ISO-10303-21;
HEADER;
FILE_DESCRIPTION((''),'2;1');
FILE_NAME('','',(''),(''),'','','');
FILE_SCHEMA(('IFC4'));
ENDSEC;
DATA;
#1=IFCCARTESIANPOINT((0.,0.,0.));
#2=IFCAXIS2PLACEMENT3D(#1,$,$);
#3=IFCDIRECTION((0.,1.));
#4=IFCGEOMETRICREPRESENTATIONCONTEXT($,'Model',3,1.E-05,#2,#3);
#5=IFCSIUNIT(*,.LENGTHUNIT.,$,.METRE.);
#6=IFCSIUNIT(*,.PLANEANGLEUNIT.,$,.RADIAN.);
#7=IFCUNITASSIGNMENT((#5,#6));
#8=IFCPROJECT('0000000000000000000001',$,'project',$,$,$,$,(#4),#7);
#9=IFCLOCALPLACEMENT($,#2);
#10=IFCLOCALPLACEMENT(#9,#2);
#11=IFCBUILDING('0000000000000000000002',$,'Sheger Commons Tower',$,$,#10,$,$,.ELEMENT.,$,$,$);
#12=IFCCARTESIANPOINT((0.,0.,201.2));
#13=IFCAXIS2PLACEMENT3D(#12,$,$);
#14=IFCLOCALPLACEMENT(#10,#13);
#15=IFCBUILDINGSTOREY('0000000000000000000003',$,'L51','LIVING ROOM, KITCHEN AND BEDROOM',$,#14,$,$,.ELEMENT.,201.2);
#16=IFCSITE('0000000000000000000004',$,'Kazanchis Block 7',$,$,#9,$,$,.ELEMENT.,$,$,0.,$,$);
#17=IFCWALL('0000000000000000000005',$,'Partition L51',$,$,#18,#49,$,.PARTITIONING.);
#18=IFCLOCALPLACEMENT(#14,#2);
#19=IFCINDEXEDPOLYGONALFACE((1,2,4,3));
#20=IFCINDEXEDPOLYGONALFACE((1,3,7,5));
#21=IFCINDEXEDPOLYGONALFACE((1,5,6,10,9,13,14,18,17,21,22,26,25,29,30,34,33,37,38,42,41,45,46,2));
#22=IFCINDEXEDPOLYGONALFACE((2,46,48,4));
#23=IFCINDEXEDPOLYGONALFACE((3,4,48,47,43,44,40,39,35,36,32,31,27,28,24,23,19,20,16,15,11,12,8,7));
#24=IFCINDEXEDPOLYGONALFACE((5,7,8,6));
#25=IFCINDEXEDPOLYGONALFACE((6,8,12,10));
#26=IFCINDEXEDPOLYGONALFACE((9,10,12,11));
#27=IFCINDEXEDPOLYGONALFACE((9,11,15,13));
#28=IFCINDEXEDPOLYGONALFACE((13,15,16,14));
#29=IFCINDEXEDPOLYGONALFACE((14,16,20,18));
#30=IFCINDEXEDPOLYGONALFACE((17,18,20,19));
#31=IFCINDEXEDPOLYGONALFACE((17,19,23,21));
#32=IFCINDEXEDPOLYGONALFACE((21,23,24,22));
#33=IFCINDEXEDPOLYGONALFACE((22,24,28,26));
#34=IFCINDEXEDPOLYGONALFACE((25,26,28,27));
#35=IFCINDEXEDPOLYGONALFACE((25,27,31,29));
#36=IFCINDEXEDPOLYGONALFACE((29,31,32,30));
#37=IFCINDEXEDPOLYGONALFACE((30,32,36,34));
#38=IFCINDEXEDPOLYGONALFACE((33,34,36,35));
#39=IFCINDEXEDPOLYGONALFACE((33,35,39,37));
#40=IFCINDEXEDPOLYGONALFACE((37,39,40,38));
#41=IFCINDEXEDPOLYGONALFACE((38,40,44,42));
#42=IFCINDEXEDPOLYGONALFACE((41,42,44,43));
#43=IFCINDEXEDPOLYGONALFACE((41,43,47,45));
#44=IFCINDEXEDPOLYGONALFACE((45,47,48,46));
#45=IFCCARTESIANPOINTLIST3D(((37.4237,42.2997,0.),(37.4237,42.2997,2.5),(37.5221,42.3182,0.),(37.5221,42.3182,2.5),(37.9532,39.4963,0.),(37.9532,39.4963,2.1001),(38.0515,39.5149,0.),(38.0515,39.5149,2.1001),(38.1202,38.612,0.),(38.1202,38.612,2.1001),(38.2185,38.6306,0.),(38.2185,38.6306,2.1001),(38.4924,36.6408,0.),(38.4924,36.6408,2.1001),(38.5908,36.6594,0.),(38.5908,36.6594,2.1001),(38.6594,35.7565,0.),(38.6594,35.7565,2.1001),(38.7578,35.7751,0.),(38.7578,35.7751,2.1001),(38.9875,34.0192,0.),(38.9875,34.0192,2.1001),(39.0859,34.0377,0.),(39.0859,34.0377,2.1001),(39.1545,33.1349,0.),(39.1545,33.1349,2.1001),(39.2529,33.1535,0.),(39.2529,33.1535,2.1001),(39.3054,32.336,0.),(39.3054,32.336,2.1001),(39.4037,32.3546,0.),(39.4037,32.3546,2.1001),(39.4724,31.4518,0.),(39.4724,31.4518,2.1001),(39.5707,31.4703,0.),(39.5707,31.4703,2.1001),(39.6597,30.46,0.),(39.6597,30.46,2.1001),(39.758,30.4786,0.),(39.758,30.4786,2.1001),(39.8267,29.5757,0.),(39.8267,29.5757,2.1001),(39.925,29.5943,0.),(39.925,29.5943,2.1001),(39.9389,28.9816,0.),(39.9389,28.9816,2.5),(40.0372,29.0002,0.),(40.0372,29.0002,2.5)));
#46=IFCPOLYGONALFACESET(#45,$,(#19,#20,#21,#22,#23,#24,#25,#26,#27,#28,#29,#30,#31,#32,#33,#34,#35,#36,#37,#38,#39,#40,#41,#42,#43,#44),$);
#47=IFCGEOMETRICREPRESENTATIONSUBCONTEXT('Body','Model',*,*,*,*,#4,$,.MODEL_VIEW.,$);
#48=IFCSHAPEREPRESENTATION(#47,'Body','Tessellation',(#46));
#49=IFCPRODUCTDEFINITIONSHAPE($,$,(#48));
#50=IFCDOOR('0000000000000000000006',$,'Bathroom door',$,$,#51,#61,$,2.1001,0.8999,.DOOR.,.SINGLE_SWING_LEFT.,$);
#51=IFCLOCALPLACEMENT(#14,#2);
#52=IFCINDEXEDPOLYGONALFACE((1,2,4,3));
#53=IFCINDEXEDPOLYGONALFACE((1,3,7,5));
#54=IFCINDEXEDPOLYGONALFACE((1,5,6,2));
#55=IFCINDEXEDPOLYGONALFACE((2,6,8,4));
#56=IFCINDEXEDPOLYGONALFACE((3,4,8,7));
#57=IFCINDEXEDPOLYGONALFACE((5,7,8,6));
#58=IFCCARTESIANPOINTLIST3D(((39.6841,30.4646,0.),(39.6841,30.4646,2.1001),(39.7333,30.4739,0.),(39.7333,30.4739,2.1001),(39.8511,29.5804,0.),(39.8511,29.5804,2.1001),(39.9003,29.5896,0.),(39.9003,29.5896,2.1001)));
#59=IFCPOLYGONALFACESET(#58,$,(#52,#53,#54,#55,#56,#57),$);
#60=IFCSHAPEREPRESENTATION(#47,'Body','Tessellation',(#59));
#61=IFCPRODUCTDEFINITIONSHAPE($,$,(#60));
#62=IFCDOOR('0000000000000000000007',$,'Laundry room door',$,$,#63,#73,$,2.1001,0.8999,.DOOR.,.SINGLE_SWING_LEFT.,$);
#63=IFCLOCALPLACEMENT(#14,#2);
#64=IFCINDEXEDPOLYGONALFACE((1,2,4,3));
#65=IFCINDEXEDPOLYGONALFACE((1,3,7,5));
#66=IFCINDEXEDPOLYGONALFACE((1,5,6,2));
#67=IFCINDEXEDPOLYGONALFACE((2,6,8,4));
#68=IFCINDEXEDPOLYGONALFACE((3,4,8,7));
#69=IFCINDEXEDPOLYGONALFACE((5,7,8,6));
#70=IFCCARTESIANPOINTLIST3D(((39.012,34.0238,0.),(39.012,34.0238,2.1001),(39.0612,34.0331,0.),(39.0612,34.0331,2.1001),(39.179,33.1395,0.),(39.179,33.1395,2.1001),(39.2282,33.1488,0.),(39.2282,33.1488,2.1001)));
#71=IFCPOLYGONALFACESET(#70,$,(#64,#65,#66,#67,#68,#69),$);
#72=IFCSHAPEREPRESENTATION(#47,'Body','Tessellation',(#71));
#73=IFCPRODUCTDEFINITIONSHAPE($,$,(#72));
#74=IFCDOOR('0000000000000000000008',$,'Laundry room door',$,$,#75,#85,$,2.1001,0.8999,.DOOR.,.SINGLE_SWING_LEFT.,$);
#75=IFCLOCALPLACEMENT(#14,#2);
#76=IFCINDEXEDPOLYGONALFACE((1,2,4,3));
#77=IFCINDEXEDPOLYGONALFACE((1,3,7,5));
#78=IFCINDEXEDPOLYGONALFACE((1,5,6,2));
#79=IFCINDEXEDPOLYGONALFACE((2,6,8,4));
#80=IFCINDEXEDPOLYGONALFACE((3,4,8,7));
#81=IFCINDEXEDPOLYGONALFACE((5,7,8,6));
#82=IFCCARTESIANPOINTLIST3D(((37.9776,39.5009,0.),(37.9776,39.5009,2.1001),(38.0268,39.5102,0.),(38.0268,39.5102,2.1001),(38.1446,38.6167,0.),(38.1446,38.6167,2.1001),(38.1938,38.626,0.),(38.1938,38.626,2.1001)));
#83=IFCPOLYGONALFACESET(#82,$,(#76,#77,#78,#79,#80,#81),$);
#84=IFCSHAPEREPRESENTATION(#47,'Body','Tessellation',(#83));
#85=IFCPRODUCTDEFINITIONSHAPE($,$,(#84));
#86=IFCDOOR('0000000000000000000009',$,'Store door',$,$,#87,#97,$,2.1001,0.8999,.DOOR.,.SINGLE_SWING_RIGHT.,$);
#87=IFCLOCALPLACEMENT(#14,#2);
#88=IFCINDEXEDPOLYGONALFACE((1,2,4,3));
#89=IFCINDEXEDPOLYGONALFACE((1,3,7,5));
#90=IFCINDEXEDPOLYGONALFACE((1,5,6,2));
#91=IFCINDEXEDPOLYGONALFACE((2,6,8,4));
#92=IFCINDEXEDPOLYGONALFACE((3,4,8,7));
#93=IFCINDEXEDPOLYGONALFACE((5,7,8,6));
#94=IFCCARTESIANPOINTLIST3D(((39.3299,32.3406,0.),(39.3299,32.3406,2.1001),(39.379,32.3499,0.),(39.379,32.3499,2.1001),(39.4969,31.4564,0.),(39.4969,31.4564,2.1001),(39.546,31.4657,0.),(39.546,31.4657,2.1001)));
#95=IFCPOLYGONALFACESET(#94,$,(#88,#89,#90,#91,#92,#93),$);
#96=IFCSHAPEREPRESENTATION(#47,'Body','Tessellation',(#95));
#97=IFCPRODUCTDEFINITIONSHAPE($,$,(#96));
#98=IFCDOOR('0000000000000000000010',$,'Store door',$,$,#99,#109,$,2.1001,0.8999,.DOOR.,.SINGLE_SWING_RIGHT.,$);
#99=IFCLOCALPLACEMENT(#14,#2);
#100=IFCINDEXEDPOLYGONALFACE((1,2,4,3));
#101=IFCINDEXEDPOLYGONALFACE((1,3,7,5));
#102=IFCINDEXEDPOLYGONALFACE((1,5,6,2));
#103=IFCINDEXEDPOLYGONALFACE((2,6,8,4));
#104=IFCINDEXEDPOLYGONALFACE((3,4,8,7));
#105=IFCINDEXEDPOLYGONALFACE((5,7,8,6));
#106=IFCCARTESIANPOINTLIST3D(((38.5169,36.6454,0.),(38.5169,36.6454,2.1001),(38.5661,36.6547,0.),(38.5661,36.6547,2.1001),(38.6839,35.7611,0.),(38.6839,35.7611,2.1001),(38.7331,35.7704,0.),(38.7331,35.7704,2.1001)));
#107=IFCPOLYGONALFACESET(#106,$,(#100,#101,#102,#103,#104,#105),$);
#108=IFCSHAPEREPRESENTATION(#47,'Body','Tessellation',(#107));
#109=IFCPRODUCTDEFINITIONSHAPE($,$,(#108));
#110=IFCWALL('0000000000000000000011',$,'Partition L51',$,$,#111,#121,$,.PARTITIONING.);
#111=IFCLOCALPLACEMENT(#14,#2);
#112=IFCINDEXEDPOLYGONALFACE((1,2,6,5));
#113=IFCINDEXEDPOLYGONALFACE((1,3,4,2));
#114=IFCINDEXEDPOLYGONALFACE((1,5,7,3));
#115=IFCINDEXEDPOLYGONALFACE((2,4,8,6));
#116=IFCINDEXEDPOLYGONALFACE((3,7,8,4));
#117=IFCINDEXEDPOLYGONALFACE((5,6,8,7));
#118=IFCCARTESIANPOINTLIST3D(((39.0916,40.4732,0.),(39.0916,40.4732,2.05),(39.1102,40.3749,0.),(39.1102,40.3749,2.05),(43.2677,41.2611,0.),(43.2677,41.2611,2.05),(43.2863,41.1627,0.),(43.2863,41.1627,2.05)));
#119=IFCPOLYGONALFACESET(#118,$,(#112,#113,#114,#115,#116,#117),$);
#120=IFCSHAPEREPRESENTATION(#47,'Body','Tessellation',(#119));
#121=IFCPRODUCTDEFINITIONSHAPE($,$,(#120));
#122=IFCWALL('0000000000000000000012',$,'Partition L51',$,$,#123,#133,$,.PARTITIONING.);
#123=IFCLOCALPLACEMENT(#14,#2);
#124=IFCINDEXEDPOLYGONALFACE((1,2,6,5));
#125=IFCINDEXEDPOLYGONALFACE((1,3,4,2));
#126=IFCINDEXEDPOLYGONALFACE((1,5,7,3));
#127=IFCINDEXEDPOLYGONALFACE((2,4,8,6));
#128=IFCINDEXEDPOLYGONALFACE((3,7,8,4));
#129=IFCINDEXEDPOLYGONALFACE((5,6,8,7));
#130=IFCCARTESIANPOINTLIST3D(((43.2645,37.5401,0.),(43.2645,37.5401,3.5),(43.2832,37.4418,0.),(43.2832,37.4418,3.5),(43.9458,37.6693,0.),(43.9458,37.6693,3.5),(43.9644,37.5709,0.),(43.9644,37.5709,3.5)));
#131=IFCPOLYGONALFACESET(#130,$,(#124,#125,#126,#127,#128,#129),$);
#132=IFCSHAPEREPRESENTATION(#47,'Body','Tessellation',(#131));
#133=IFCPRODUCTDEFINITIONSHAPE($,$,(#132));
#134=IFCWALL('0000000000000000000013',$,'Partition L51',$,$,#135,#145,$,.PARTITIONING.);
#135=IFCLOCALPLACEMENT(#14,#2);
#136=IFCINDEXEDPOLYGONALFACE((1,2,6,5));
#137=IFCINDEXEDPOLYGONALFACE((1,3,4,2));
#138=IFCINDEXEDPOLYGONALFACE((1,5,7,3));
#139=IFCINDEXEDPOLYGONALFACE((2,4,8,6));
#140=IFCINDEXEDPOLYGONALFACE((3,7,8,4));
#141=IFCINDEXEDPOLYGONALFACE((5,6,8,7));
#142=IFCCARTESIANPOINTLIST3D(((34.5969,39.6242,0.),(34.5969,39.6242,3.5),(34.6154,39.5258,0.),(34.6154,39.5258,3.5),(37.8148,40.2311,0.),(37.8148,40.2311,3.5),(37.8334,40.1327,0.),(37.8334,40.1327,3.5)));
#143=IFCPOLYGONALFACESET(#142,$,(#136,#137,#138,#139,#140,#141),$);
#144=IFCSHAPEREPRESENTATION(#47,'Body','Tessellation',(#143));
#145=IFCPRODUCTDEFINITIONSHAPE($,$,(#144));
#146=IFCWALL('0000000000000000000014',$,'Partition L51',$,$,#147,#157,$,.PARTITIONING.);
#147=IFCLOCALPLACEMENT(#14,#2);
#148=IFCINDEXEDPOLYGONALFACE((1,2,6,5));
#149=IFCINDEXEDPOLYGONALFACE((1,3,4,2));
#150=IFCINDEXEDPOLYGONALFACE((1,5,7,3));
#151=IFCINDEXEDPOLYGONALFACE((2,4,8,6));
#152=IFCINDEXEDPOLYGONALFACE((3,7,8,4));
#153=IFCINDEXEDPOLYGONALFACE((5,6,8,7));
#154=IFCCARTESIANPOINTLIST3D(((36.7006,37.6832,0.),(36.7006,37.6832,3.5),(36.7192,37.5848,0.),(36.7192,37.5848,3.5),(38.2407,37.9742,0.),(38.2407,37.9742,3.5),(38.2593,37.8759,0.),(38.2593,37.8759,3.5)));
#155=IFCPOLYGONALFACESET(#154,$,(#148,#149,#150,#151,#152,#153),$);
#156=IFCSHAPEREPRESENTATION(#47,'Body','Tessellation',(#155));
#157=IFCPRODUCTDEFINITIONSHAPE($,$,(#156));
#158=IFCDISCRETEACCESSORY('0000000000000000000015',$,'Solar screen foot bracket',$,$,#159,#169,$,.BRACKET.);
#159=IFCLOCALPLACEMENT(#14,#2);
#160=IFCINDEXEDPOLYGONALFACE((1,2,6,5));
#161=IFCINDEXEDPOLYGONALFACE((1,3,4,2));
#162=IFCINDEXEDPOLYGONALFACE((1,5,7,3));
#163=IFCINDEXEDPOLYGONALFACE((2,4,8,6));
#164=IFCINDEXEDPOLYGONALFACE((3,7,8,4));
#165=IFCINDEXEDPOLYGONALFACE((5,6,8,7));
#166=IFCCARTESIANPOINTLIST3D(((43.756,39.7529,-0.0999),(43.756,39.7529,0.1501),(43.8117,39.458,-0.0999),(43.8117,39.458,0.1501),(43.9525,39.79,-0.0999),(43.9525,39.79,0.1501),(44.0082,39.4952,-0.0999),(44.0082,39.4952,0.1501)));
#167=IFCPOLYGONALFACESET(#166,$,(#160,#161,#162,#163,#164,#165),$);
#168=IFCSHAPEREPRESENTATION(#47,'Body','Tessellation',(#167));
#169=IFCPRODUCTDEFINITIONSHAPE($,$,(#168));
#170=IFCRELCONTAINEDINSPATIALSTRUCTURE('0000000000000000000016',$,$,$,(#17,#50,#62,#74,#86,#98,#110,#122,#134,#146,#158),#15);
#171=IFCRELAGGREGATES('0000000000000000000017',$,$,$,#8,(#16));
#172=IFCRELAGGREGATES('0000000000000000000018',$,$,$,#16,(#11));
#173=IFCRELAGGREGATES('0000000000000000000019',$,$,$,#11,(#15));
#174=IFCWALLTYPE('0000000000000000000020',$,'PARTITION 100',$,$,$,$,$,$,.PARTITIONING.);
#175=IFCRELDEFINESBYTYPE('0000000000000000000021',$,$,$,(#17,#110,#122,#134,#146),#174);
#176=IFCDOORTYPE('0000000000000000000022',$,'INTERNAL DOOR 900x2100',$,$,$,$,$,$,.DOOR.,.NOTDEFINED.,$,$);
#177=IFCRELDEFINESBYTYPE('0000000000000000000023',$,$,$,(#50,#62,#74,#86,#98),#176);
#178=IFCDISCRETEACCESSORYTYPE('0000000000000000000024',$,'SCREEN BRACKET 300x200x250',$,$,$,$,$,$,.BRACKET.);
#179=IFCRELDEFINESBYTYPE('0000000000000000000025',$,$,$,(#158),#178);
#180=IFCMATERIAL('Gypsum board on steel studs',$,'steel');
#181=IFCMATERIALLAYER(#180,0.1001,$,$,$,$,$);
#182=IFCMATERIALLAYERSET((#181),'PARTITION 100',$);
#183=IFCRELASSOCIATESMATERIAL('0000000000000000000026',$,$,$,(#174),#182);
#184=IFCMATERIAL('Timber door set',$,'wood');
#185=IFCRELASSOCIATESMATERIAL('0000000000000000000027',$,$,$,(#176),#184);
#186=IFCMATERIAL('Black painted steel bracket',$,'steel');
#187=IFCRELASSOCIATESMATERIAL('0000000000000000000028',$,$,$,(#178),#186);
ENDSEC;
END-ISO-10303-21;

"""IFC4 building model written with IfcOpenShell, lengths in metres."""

from ifc_helpers import new_model, si_unit, direction, frame, frame_2d, origin, origin_2d, place, context, subcontext, project, spatial, rectangle, extrude, material, layer, layer_set, type_object, element, fill, save


model = new_model("IFC4")

# Units and contexts
model_context = context("Model", 3, precision=1e-05, world=origin(), true_north=direction((0.0, 1.0)))
body_context = subcontext(model_context, "Body", "Model", "MODEL_VIEW")
ifc_project = project(units=[si_unit("LENGTHUNIT", "METRE"), si_unit("PLANEANGLEUNIT", "RADIAN")], contexts=[model_context])

# Site, building, storey
site_placement = place(None, origin())
site = spatial("IfcSite", under=ifc_project, at=site_placement, Name="Kazanchis Block 7", CompositionType="ELEMENT", RefElevation=0.0)
building_placement = place(site_placement, origin())
building = spatial("IfcBuilding", under=site, at=building_placement, Name="Sheger Commons Tower", CompositionType="ELEMENT")
storey_placement = place(building_placement, frame((0.0, 0.0, 201.2)))
storey = spatial("IfcBuildingStorey", under=building, at=storey_placement, Name="L51", Description="LIVING ROOM, KITCHEN AND BEDROOM", CompositionType="ELEMENT", Elevation=201.2)

# Shared definitions
ifc_material_1 = material(Name="Gypsum board on steel studs", Category="steel")
ifc_layer_1 = layer(ifc_material_1, 0.1001)
ifc_layer_set_1 = layer_set([ifc_layer_1], Name="PARTITION 100")
wall_type_1 = type_object("IfcWallType", Name="PARTITION 100", PredefinedType="PARTITIONING", material=ifc_layer_set_1)

# Wall, openings, doors
ifc_material_2 = material(Name="Timber door set", Category="wood")
door_type = type_object("IfcDoorType", Name="INTERNAL DOOR 900x2100", OperationType="NOTDEFINED", PredefinedType="DOOR", material=ifc_material_2)
wall_1_placement = place(storey_placement, frame((37.4729, 42.3091, 0.0), z_axis=(0.0, 0.0, 1.0), x_axis=(0.185571, -0.982631, 0.0)))
wall_1 = element("IfcWall", 1, at=wall_1_placement, inside=storey, type_object=wall_type_1, Name="Partition L51", PredefinedType="PARTITIONING", context=body_context, shape_type="SweptSolid", body=[
    extrude(rectangle(XDim=13.5535, YDim=0.1001, at=frame_2d((6.7769, 0.0))), origin(), (0.0, 0.0, 1.0), 2.5),
])
opening_1_placement = place(wall_1_placement, frame((12.0491, 0.0, 0.0)))
opening_1 = element("IfcOpeningElement", 2, at=opening_1_placement, cuts=wall_1, PredefinedType="OPENING", context=body_context, shape_type="SweptSolid", body=[
    extrude(rectangle(XDim=0.8999, YDim=2.1001, at=frame_2d((0.45, 1.05))), frame((0.0, 0.0601, 0.0), z_axis=(0.0, -1.0, 0.0), x_axis=(1.0, 0.0, 0.0)), (0.0, 0.0, 1.0), 0.1201),
])
opening_2_placement = place(wall_1_placement, frame((8.427, 0.0, 0.0)))
opening_2 = element("IfcOpeningElement", 3, at=opening_2_placement, cuts=wall_1, PredefinedType="OPENING", context=body_context, shape_type="SweptSolid", body=[
    extrude(rectangle(XDim=0.8999, YDim=2.1001, at=frame_2d((0.45, 1.05))), frame((0.0, 0.0601, 0.0), z_axis=(0.0, -1.0, 0.0), x_axis=(1.0, 0.0, 0.0)), (0.0, 0.0, 1.0), 0.1201),
])
opening_3_placement = place(wall_1_placement, frame((2.853, 0.0, 0.0)))
opening_3 = element("IfcOpeningElement", 4, at=opening_3_placement, cuts=wall_1, PredefinedType="OPENING", context=body_context, shape_type="SweptSolid", body=[
    extrude(rectangle(XDim=0.8999, YDim=2.1001, at=frame_2d((0.45, 1.05))), frame((0.0, 0.0601, 0.0), z_axis=(0.0, -1.0, 0.0), x_axis=(1.0, 0.0, 0.0)), (0.0, 0.0, 1.0), 0.1201),
])
opening_4_placement = place(wall_1_placement, frame((10.1399, 0.0, 0.0)))
opening_4 = element("IfcOpeningElement", 5, at=opening_4_placement, cuts=wall_1, PredefinedType="OPENING", context=body_context, shape_type="SweptSolid", body=[
    extrude(rectangle(XDim=0.8999, YDim=2.1001, at=frame_2d((0.45, 1.05))), frame((0.0, 0.0601, 0.0), z_axis=(0.0, -1.0, 0.0), x_axis=(1.0, 0.0, 0.0)), (0.0, 0.0, 1.0), 0.1201),
])
opening_5_placement = place(wall_1_placement, frame((5.759, 0.0, 0.0)))
opening_5 = element("IfcOpeningElement", 6, at=opening_5_placement, cuts=wall_1, PredefinedType="OPENING", context=body_context, shape_type="SweptSolid", body=[
    extrude(rectangle(XDim=0.8999, YDim=2.1001, at=frame_2d((0.45, 1.05))), frame((0.0, 0.0601, 0.0), z_axis=(0.0, -1.0, 0.0), x_axis=(1.0, 0.0, 0.0)), (0.0, 0.0, 1.0), 0.1201),
])
door_1_placement = place(opening_1_placement, origin())
door_1 = element("IfcDoor", 7, at=door_1_placement, inside=storey, type_object=door_type, Name="Bathroom door", OperationType="SINGLE_SWING_LEFT", OverallHeight=2.1001, OverallWidth=0.8999, PredefinedType="DOOR", context=body_context, shape_type="SweptSolid", body=[
    extrude(rectangle(XDim=0.8999, YDim=2.1001, at=frame_2d((0.45, 1.05))), frame((0.0, 0.0249, 0.0), z_axis=(0.0, -1.0, 0.0), x_axis=(1.0, 0.0, 0.0)), (0.0, 0.0, 1.0), 0.05),
])
fill(opening_1, door_1)
door_2_placement = place(opening_2_placement, origin())
door_2 = element("IfcDoor", 8, at=door_2_placement, inside=storey, type_object=door_type, Name="Laundry room door", OperationType="SINGLE_SWING_LEFT", OverallHeight=2.1001, OverallWidth=0.8999, PredefinedType="DOOR", context=body_context, shape_type="SweptSolid", body=[
    extrude(rectangle(XDim=0.8999, YDim=2.1001, at=frame_2d((0.45, 1.05))), frame((0.0, 0.0249, 0.0), z_axis=(0.0, -1.0, 0.0), x_axis=(1.0, 0.0, 0.0)), (0.0, 0.0, 1.0), 0.05),
])
fill(opening_2, door_2)
door_3_placement = place(opening_3_placement, origin())
door_3 = element("IfcDoor", 9, at=door_3_placement, inside=storey, type_object=door_type, Name="Laundry room door", OperationType="SINGLE_SWING_LEFT", OverallHeight=2.1001, OverallWidth=0.8999, PredefinedType="DOOR", context=body_context, shape_type="SweptSolid", body=[
    extrude(rectangle(XDim=0.8999, YDim=2.1001, at=frame_2d((0.45, 1.05))), frame((0.0, 0.0249, 0.0), z_axis=(0.0, -1.0, 0.0), x_axis=(1.0, 0.0, 0.0)), (0.0, 0.0, 1.0), 0.05),
])
fill(opening_3, door_3)
door_4_placement = place(opening_4_placement, origin())
door_4 = element("IfcDoor", 10, at=door_4_placement, inside=storey, type_object=door_type, Name="Store door", OperationType="SINGLE_SWING_RIGHT", OverallHeight=2.1001, OverallWidth=0.8999, PredefinedType="DOOR", context=body_context, shape_type="SweptSolid", body=[
    extrude(rectangle(XDim=0.8999, YDim=2.1001, at=frame_2d((0.45, 1.05))), frame((0.0, 0.0249, 0.0), z_axis=(0.0, -1.0, 0.0), x_axis=(1.0, 0.0, 0.0)), (0.0, 0.0, 1.0), 0.05),
])
fill(opening_4, door_4)
door_5_placement = place(opening_5_placement, origin())
door_5 = element("IfcDoor", 11, at=door_5_placement, inside=storey, type_object=door_type, Name="Store door", OperationType="SINGLE_SWING_RIGHT", OverallHeight=2.1001, OverallWidth=0.8999, PredefinedType="DOOR", context=body_context, shape_type="SweptSolid", body=[
    extrude(rectangle(XDim=0.8999, YDim=2.1001, at=frame_2d((0.45, 1.05))), frame((0.0, 0.0249, 0.0), z_axis=(0.0, -1.0, 0.0), x_axis=(1.0, 0.0, 0.0)), (0.0, 0.0, 1.0), 0.05),
])
fill(opening_5, door_5)

# Walls
wall_2_placement = place(storey_placement, frame((43.2771, 41.2119, 0.0), z_axis=(0.0, 0.0, 1.0), x_axis=(-0.982665, -0.185388, 0.0)))
element("IfcWall", 12, at=wall_2_placement, inside=storey, type_object=wall_type_1, Name="Partition L51", PredefinedType="PARTITIONING", context=body_context, shape_type="SweptSolid", body=[
    extrude(rectangle(XDim=4.2498, YDim=0.1001, at=frame_2d((2.125, 0.0))), origin(), (0.0, 0.0, 1.0), 2.05),
])
wall_3_placement = place(storey_placement, frame((43.9551, 37.6201, 0.0), z_axis=(0.0, 0.0, 1.0), x_axis=(-0.982495, -0.186287, 0.0)))
element("IfcWall", 13, at=wall_3_placement, inside=storey, type_object=wall_type_1, Name="Partition L51", PredefinedType="PARTITIONING", context=body_context, shape_type="SweptSolid", body=[
    extrude(rectangle(XDim=0.6934, YDim=0.1001, at=frame_2d((0.3467, 0.0))), origin(), (0.0, 0.0, 1.0), 3.5),
])
wall_4_placement = place(storey_placement, frame((37.824, 40.1819, 0.0), z_axis=(0.0, 0.0, 1.0), x_axis=(-0.982675, -0.185337, 0.0)))
element("IfcWall", 14, at=wall_4_placement, inside=storey, type_object=wall_type_1, Name="Partition L51", PredefinedType="PARTITIONING", context=body_context, shape_type="SweptSolid", body=[
    extrude(rectangle(XDim=3.2747, YDim=0.1001, at=frame_2d((1.6372, 0.0))), origin(), (0.0, 0.0, 1.0), 3.5),
])
wall_5_placement = place(storey_placement, frame((38.25, 37.925, 0.0), z_axis=(0.0, 0.0, 1.0), x_axis=(-0.98261, -0.18568, 0.0)))
element("IfcWall", 15, at=wall_5_placement, inside=storey, type_object=wall_type_1, Name="Partition L51", PredefinedType="PARTITIONING", context=body_context, shape_type="SweptSolid", body=[
    extrude(rectangle(XDim=1.5674, YDim=0.1001, at=frame_2d((0.7837, 0.0))), origin(), (0.0, 0.0, 1.0), 3.5),
])

# Discrete accessory
ifc_material_3 = material(Name="Black painted steel bracket", Category="steel")
discrete_accessory_type = type_object("IfcDiscreteAccessoryType", Name="SCREEN BRACKET 300x200x250", PredefinedType="BRACKET", material=ifc_material_3)
for number, where, z_axis, x_axis, name in (
    (16, (43.8821, 39.624, -0.0999), (0.0, 0.0, 1.0), (-0.185615, 0.982623, 0.0), "Solar screen foot bracket"),
):
    element("IfcDiscreteAccessory", number, at=place(storey_placement, frame(where, z_axis=z_axis, x_axis=x_axis)), inside=storey, type_object=discrete_accessory_type, Name=name, PredefinedType="BRACKET", context=body_context, shape_type="SweptSolid", body=[
        extrude(rectangle(XDim=0.3, YDim=0.2, at=origin_2d()), origin(), (0.0, 0.0, 1.0), 0.25),
    ])

save(model, "model.ifc")
